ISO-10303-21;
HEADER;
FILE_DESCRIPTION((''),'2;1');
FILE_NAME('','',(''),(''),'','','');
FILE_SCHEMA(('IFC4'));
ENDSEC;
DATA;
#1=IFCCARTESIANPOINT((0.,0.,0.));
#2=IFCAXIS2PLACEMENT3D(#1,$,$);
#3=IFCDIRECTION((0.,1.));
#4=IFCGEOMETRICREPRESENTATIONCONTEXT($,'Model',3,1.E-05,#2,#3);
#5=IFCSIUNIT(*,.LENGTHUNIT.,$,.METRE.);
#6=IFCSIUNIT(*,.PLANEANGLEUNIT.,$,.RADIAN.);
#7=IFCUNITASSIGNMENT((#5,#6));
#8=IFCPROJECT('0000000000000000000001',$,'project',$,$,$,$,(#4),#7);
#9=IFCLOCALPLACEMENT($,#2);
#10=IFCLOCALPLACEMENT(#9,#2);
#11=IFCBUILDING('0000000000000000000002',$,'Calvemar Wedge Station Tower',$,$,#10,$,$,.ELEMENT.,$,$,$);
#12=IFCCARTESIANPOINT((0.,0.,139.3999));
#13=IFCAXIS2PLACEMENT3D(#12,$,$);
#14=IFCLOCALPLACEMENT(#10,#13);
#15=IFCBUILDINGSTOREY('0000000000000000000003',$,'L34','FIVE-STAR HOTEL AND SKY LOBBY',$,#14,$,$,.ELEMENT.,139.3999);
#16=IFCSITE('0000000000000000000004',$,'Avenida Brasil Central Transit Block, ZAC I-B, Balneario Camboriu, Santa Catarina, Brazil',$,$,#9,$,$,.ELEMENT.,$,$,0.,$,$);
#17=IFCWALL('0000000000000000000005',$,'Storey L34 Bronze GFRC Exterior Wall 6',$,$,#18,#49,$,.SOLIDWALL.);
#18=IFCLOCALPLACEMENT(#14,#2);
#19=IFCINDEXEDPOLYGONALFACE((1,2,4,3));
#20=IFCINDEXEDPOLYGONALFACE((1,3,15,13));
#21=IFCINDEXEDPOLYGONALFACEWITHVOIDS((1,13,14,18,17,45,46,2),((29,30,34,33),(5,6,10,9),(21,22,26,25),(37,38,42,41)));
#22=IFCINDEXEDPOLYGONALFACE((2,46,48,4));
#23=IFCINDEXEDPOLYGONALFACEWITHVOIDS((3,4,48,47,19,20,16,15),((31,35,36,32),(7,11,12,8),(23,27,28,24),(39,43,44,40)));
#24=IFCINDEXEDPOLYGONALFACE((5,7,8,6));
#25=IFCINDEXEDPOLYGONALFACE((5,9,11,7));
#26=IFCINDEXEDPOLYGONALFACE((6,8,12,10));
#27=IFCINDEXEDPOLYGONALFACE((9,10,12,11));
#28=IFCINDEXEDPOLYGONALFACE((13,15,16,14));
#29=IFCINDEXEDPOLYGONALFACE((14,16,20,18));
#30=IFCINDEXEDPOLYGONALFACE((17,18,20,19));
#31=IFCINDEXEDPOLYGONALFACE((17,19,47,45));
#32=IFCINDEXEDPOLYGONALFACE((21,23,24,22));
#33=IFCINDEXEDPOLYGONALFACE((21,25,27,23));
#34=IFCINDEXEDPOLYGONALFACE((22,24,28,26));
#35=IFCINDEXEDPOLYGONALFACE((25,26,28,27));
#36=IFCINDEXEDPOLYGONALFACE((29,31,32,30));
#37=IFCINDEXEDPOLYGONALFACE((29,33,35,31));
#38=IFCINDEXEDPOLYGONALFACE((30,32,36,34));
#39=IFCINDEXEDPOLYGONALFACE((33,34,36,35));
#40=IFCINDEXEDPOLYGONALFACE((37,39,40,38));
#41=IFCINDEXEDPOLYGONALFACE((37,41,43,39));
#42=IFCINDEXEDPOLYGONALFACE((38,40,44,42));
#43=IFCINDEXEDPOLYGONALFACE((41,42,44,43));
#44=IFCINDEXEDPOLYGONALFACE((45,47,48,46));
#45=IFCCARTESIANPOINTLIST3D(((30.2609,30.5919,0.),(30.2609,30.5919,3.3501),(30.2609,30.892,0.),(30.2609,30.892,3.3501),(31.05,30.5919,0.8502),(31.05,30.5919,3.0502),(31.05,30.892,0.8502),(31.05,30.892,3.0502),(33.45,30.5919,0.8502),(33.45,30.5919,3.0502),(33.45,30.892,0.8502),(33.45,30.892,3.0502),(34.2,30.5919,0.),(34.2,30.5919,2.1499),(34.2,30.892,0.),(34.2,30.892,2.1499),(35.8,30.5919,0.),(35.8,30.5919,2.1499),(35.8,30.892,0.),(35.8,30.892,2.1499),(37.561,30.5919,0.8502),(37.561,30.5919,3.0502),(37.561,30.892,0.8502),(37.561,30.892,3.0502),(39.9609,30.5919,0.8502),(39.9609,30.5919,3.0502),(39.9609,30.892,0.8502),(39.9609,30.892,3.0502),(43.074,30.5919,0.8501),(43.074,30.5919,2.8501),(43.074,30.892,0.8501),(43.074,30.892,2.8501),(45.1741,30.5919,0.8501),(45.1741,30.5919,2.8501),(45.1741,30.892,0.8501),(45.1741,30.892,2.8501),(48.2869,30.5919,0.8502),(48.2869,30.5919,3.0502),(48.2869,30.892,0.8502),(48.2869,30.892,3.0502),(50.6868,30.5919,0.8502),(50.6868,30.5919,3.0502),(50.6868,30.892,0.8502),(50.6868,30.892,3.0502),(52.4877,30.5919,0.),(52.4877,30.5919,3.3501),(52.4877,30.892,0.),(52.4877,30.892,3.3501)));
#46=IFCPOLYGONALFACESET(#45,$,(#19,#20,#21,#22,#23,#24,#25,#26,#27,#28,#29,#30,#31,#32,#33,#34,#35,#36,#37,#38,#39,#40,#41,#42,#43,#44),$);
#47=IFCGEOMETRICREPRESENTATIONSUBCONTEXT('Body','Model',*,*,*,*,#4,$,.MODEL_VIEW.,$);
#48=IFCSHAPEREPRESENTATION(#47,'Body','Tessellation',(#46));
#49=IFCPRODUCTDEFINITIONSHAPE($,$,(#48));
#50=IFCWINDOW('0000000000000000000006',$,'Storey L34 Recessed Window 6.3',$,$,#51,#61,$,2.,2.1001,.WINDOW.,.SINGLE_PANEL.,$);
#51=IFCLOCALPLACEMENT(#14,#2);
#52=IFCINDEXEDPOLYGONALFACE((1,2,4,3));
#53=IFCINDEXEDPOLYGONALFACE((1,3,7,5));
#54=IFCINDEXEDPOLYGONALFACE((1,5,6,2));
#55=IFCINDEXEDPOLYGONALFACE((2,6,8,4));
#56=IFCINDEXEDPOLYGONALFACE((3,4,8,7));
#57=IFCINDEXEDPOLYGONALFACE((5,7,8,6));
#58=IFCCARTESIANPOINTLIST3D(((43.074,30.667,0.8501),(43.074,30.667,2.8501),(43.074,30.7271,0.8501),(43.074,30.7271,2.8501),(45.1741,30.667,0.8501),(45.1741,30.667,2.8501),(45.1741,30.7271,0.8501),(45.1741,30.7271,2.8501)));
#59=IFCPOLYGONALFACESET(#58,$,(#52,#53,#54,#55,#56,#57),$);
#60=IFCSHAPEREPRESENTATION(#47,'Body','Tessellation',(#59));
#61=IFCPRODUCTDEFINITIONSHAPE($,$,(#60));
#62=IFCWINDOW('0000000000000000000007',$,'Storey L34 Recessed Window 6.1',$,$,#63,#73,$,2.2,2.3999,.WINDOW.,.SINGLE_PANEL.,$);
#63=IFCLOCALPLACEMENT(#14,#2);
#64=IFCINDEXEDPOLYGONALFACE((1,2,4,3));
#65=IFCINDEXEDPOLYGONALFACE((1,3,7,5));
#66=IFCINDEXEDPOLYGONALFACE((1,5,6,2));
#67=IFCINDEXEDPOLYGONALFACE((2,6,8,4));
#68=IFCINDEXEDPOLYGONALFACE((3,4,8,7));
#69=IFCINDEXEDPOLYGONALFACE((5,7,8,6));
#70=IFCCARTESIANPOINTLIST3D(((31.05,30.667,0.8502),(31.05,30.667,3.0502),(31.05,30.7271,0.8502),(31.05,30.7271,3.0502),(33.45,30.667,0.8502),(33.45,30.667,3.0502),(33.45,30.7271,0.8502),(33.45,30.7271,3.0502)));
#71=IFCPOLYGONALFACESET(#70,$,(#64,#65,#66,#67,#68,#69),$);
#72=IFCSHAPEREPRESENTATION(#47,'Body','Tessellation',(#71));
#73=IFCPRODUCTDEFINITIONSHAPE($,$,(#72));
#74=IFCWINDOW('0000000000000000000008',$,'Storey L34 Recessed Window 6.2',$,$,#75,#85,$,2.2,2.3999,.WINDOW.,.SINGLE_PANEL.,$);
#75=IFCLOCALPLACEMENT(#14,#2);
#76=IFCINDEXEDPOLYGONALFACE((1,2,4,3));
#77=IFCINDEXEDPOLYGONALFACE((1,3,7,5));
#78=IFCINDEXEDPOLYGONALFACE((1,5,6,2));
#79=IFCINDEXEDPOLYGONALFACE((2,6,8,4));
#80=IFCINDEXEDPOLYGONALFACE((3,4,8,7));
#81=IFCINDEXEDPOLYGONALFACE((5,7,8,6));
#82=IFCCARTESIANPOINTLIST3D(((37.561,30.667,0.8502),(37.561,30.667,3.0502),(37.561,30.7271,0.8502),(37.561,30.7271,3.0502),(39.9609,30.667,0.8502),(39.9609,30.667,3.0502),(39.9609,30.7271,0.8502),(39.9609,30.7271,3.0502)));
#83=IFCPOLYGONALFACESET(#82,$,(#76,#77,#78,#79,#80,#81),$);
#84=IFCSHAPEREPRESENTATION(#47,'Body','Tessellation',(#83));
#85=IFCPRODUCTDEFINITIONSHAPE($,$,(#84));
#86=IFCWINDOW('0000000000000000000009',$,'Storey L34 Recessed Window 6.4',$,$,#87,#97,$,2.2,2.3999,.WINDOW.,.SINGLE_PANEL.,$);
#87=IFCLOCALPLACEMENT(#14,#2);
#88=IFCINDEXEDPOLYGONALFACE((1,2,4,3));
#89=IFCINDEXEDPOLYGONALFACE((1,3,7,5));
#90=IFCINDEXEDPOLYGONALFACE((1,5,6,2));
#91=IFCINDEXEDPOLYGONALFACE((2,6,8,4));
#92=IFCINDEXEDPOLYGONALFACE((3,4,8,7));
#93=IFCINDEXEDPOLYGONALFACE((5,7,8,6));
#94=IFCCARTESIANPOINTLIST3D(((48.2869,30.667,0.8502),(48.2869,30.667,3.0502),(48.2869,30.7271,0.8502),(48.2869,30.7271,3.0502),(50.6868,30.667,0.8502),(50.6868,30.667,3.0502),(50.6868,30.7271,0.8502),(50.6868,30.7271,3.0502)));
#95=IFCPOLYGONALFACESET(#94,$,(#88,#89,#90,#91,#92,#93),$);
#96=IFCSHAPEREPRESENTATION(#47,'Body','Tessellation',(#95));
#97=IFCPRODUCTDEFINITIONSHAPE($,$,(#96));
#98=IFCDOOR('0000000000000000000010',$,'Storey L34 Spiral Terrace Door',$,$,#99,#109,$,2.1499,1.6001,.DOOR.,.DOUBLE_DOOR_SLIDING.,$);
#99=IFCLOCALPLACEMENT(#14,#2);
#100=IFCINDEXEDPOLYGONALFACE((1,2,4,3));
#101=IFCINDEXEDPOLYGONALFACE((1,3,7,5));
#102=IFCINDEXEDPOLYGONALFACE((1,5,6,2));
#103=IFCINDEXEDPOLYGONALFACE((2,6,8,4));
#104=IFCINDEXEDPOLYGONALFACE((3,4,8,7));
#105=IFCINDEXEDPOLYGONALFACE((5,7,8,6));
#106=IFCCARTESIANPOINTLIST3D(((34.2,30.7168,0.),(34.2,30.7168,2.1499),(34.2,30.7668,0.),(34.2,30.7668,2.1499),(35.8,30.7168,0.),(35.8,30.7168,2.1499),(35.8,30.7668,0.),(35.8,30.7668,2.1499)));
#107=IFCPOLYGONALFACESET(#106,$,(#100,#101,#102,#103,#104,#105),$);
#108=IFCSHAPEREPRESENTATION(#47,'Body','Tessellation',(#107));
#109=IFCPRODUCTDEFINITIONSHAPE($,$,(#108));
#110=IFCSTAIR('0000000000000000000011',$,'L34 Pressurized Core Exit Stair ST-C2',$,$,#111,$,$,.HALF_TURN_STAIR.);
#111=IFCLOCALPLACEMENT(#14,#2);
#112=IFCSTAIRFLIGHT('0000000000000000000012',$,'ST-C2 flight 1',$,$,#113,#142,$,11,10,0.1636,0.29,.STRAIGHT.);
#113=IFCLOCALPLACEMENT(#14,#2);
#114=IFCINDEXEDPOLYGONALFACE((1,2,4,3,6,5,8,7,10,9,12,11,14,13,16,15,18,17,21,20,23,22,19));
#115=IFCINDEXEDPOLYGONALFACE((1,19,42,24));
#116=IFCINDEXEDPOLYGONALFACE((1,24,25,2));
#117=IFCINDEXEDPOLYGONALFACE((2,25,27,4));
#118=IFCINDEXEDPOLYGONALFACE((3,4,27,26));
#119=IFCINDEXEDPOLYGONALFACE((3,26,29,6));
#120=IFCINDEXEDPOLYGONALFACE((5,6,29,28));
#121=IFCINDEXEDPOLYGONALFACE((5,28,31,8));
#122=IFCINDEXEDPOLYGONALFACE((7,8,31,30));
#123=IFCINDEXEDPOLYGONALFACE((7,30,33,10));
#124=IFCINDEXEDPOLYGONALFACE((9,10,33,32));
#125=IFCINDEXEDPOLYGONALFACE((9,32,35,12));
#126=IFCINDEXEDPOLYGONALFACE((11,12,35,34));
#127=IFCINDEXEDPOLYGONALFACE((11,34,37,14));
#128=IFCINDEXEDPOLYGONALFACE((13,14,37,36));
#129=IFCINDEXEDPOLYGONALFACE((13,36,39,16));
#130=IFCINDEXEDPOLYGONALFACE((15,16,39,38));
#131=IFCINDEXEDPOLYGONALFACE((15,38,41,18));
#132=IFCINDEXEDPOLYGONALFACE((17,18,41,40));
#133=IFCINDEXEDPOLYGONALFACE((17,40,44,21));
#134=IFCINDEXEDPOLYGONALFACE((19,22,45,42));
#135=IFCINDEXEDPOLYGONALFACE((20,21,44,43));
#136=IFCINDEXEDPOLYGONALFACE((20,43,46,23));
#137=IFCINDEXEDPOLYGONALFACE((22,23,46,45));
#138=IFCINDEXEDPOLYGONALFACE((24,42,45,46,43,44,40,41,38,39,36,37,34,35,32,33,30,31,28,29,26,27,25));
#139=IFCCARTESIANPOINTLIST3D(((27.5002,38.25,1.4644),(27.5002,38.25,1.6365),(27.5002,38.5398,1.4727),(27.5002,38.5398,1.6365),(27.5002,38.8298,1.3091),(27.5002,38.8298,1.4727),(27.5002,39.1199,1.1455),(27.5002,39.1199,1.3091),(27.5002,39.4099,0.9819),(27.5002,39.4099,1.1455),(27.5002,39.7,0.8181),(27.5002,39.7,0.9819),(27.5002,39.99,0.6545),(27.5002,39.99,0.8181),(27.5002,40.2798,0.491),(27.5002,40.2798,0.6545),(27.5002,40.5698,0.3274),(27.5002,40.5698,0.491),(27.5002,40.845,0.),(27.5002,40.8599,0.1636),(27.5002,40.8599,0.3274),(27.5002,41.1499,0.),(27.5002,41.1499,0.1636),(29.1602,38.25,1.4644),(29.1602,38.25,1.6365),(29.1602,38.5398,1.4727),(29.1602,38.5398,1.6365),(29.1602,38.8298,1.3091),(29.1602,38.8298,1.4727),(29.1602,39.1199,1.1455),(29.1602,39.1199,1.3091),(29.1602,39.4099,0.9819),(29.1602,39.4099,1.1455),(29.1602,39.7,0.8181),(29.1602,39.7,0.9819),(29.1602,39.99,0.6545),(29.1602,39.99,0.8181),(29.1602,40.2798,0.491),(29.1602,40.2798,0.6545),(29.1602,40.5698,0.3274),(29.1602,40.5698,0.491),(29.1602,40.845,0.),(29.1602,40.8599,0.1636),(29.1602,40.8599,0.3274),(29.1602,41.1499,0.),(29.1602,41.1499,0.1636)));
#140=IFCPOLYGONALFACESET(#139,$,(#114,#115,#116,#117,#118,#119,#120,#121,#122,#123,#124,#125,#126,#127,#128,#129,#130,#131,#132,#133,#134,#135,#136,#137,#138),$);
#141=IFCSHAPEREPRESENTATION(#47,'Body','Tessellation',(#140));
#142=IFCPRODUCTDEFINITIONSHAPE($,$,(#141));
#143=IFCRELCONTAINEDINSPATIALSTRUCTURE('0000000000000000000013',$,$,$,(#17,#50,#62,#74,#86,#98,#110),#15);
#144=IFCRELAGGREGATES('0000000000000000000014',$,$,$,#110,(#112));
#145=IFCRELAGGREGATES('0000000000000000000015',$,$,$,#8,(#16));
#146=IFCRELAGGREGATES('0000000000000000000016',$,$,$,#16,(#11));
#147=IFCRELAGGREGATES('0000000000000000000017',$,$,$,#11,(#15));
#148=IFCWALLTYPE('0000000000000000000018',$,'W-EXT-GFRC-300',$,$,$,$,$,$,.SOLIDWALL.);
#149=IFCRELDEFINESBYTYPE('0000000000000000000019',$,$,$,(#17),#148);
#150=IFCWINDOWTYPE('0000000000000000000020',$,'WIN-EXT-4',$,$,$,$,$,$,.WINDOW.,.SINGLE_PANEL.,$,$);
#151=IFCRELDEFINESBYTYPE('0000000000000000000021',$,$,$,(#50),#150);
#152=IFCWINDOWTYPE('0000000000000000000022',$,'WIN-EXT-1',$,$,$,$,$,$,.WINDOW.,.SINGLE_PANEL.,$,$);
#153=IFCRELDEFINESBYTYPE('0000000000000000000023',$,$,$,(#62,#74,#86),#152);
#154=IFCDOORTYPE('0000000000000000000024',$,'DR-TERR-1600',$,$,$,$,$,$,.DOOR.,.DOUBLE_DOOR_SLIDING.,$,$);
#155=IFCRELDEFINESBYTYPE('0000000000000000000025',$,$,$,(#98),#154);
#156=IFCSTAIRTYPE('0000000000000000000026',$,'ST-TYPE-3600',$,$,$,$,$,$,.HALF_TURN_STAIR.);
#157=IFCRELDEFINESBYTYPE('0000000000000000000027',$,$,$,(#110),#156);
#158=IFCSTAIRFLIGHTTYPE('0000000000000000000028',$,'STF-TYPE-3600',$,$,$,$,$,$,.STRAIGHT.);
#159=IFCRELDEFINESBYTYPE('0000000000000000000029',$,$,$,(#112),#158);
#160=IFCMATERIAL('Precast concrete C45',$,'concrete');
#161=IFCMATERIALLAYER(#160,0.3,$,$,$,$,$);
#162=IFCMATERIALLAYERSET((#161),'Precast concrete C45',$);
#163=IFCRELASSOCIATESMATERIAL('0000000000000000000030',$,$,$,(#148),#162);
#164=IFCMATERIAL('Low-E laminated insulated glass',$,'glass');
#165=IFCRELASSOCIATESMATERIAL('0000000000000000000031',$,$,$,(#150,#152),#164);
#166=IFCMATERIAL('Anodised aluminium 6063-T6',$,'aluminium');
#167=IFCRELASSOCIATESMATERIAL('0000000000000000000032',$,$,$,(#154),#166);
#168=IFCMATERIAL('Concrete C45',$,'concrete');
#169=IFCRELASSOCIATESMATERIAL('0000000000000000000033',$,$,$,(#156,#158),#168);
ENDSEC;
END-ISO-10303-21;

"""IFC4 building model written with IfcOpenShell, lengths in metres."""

from ifc_helpers import new_model, si_unit, direction, frame, frame_2d, origin, place, context, subcontext, project, spatial, polyline, rectangle, outline, extrude, source, transform, mapped, material, layer, layer_set, type_object, element, fill, aggregate, save


model = new_model("IFC4")

# Units and contexts
model_context = context("Model", 3, precision=1e-05, world=origin(), true_north=direction((0.0, 1.0)))
body_context = subcontext(model_context, "Body", "Model", "MODEL_VIEW")
ifc_project = project(units=[si_unit("LENGTHUNIT", "METRE"), si_unit("PLANEANGLEUNIT", "RADIAN")], contexts=[model_context])

# Site, building, storey
site_placement = place(None, origin())
site = spatial("IfcSite", under=ifc_project, at=site_placement, Name="Avenida Brasil Central Transit Block, ZAC I-B, Balneario Camboriu, Santa Catarina, Brazil", CompositionType="ELEMENT", RefElevation=0.0)
building_placement = place(site_placement, origin())
building = spatial("IfcBuilding", under=site, at=building_placement, Name="Calvemar Wedge Station Tower", CompositionType="ELEMENT")
storey_placement = place(building_placement, frame((0.0, 0.0, 139.3999)))
storey = spatial("IfcBuildingStorey", under=building, at=storey_placement, Name="L34", Description="FIVE-STAR HOTEL AND SKY LOBBY", CompositionType="ELEMENT", Elevation=139.3999)

# Shared definitions
ifc_material_1 = material(Name="Precast concrete C45", Category="concrete")
ifc_layer_1 = layer(ifc_material_1, 0.3)
ifc_layer_set_1 = layer_set([ifc_layer_1], Name="Precast concrete C45")
wall_type_1 = type_object("IfcWallType", Name="W-EXT-GFRC-300", PredefinedType="SOLIDWALL", material=ifc_layer_set_1)

# Shared definitions
ifc_material_2 = material(Name="Low-E laminated insulated glass", Category="glass")

# Wall, openings, windows, door
wall_1_placement = place(storey_placement, frame((30.261, 30.7419, 0.0), z_axis=(0.0, 0.0, 1.0), x_axis=(1.0, 0.0, 0.0)))
wall_1 = element("IfcWall", 1, at=wall_1_placement, inside=storey, type_object=wall_type_1, Name="Storey L34 Bronze GFRC Exterior Wall 6", PredefinedType="SOLIDWALL", context=body_context, shape_type="SweptSolid", body=[
    extrude(rectangle(XDim=22.2268, YDim=0.3, at=frame_2d((11.1133, 0.0))), origin(), (0.0, 0.0, 1.0), 3.3501),
])
shared_shape_1 = source(origin(), body_context, "Body", "SweptSolid", [
    extrude(rectangle(XDim=1.6001, YDim=2.1499, at=frame_2d((0.8, 1.075))), frame((0.0, 0.1602, 0.0), z_axis=(0.0, -1.0, 0.0), x_axis=(1.0, 0.0, 0.0)), (0.0, 0.0, 1.0), 0.3201),
])
opening_1_placement = place(wall_1_placement, frame((3.939, 0.0, 0.0)))
opening_1 = element("IfcOpeningElement", 2, at=opening_1_placement, cuts=wall_1, PredefinedType="OPENING", context=body_context, shape_type="MappedRepresentation", body=[
    mapped(shared_shape_1, transform((0.0, 0.0, 0.0), scale=1.0)),
])
shared_shape_2 = source(origin(), body_context, "Body", "SweptSolid", [
    extrude(rectangle(XDim=2.3999, YDim=2.2, at=frame_2d((1.2, 1.1001))), frame((0.0, 0.1602, 0.0), z_axis=(0.0, -1.0, 0.0), x_axis=(1.0, 0.0, 0.0)), (0.0, 0.0, 1.0), 0.3201),
])
opening_2_placement = place(wall_1_placement, frame((0.7891, 0.0, 0.8501)))
opening_2 = element("IfcOpeningElement", 3, at=opening_2_placement, cuts=wall_1, PredefinedType="OPENING", context=body_context, shape_type="MappedRepresentation", body=[
    mapped(shared_shape_2, transform((0.0, 0.0, 0.0), scale=1.0)),
])
opening_3_placement = place(wall_1_placement, frame((7.3, 0.0, 0.8501)))
opening_3 = element("IfcOpeningElement", 4, at=opening_3_placement, cuts=wall_1, PredefinedType="OPENING", context=body_context, shape_type="MappedRepresentation", body=[
    mapped(shared_shape_2, transform((0.0, 0.0, 0.0), scale=1.0)),
])
shared_shape_3 = source(origin(), body_context, "Body", "SweptSolid", [
    extrude(rectangle(XDim=2.1001, YDim=2.0, at=frame_2d((1.05, 1.0))), frame((0.0, 0.1602, 0.0), z_axis=(0.0, -1.0, 0.0), x_axis=(1.0, 0.0, 0.0)), (0.0, 0.0, 1.0), 0.3201),
])
opening_4_placement = place(wall_1_placement, frame((12.813, 0.0, 0.8501)))
opening_4 = element("IfcOpeningElement", 5, at=opening_4_placement, cuts=wall_1, PredefinedType="OPENING", context=body_context, shape_type="MappedRepresentation", body=[
    mapped(shared_shape_3, transform((0.0, 0.0, 0.0), scale=1.0)),
])
opening_5_placement = place(wall_1_placement, frame((18.0259, 0.0, 0.8501)))
opening_5 = element("IfcOpeningElement", 6, at=opening_5_placement, cuts=wall_1, PredefinedType="OPENING", context=body_context, shape_type="MappedRepresentation", body=[
    mapped(shared_shape_2, transform((0.0, 0.0, 0.0), scale=1.0)),
])
window_type_1 = type_object("IfcWindowType", Name="WIN-EXT-4", PartitioningType="SINGLE_PANEL", PredefinedType="WINDOW", material=ifc_material_2)
shared_shape_4 = source(origin(), body_context, "Body", "SweptSolid", [
    extrude(rectangle(XDim=2.1001, YDim=2.0, at=frame_2d((1.05, 1.0))), frame((0.0, -0.0149, 0.0), z_axis=(0.0, -1.0, 0.0), x_axis=(1.0, 0.0, 0.0)), (0.0, 0.0, 1.0), 0.0601),
])
window_1_placement = place(opening_4_placement, origin())
window_1 = element("IfcWindow", 7, at=window_1_placement, inside=storey, type_object=window_type_1, Name="Storey L34 Recessed Window 6.3", OverallHeight=2.0, OverallWidth=2.1001, PartitioningType="SINGLE_PANEL", PredefinedType="WINDOW", context=body_context, shape_type="MappedRepresentation", body=[
    mapped(shared_shape_4, transform((0.0, 0.0, 0.0), scale=1.0)),
])
fill(opening_4, window_1)
window_type_2 = type_object("IfcWindowType", Name="WIN-EXT-1", PartitioningType="SINGLE_PANEL", PredefinedType="WINDOW", material=ifc_material_2)
shared_shape_5 = source(origin(), body_context, "Body", "SweptSolid", [
    extrude(rectangle(XDim=2.3999, YDim=2.2, at=frame_2d((1.2, 1.1001))), frame((0.0, -0.0149, 0.0), z_axis=(0.0, -1.0, 0.0), x_axis=(1.0, 0.0, 0.0)), (0.0, 0.0, 1.0), 0.0601),
])
window_2_placement = place(opening_2_placement, origin())
window_2 = element("IfcWindow", 8, at=window_2_placement, inside=storey, type_object=window_type_2, Name="Storey L34 Recessed Window 6.1", OverallHeight=2.2, OverallWidth=2.3999, PartitioningType="SINGLE_PANEL", PredefinedType="WINDOW", context=body_context, shape_type="MappedRepresentation", body=[
    mapped(shared_shape_5, transform((0.0, 0.0, 0.0), scale=1.0)),
])
fill(opening_2, window_2)
window_3_placement = place(opening_3_placement, origin())
window_3 = element("IfcWindow", 9, at=window_3_placement, inside=storey, type_object=window_type_2, Name="Storey L34 Recessed Window 6.2", OverallHeight=2.2, OverallWidth=2.3999, PartitioningType="SINGLE_PANEL", PredefinedType="WINDOW", context=body_context, shape_type="MappedRepresentation", body=[
    mapped(shared_shape_5, transform((0.0, 0.0, 0.0), scale=1.0)),
])
fill(opening_3, window_3)
window_4_placement = place(opening_5_placement, origin())
window_4 = element("IfcWindow", 10, at=window_4_placement, inside=storey, type_object=window_type_2, Name="Storey L34 Recessed Window 6.4", OverallHeight=2.2, OverallWidth=2.3999, PartitioningType="SINGLE_PANEL", PredefinedType="WINDOW", context=body_context, shape_type="MappedRepresentation", body=[
    mapped(shared_shape_5, transform((0.0, 0.0, 0.0), scale=1.0)),
])
fill(opening_5, window_4)
ifc_material_3 = material(Name="Anodised aluminium 6063-T6", Category="aluminium")
door_type_1 = type_object("IfcDoorType", Name="DR-TERR-1600", OperationType="DOUBLE_DOOR_SLIDING", PredefinedType="DOOR", material=ifc_material_3)
shared_shape_6 = source(origin(), body_context, "Body", "SweptSolid", [
    extrude(rectangle(XDim=1.6001, YDim=2.1499, at=frame_2d((0.8, 1.075))), frame((0.0, 0.0249, 0.0), z_axis=(0.0, -1.0, 0.0), x_axis=(1.0, 0.0, 0.0)), (0.0, 0.0, 1.0), 0.05),
])
door_1_placement = place(opening_1_placement, origin())
door_1 = element("IfcDoor", 11, at=door_1_placement, inside=storey, type_object=door_type_1, Name="Storey L34 Spiral Terrace Door", OperationType="DOUBLE_DOOR_SLIDING", OverallHeight=2.1499, OverallWidth=1.6001, PredefinedType="DOOR", context=body_context, shape_type="MappedRepresentation", body=[
    mapped(shared_shape_6, transform((0.0, 0.0, 0.0), scale=1.0)),
])
fill(opening_1, door_1)

# Stair, stair flight
ifc_material_4 = material(Name="Concrete C45", Category="concrete")
stair_type = type_object("IfcStairType", Name="ST-TYPE-3600", PredefinedType="HALF_TURN_STAIR", material=ifc_material_4)
stair_placement = place(storey_placement, origin())
stair = element("IfcStair", 12, at=stair_placement, inside=storey, type_object=stair_type, Name="L34 Pressurized Core Exit Stair ST-C2", PredefinedType="HALF_TURN_STAIR")
stair_flight_type = type_object("IfcStairFlightType", Name="STF-TYPE-3600", PredefinedType="STRAIGHT", material=ifc_material_4)
stair_flight_1_placement = place(storey_placement, frame((28.3301, 41.1499, 0.0), z_axis=(0.0, 0.0, 1.0), x_axis=(0.0, -1.0, 0.0)))
stair_flight_1 = element("IfcStairFlight", 13, at=stair_flight_1_placement, type_object=stair_flight_type, Name="ST-C2 flight 1", NumberOfRisers=11, NumberOfTreads=10, PredefinedType="STRAIGHT", RiserHeight=0.1636, TreadLength=0.29, context=body_context, shape_type="SweptSolid", body=[
    extrude(outline(polyline([(0.0, 0.0), (0.0, 0.1636), (0.29, 0.1636), (0.29, 0.3274), (0.5801, 0.3274), (0.5801, 0.491), (0.8701, 0.491), (0.8701, 0.6545), (1.1599, 0.6545), (1.1599, 0.8181), (1.45, 0.8181), (1.45, 0.9819), (1.74, 0.9819), (1.74, 1.1455), (2.03, 1.1455), (2.03, 1.3091), (2.3201, 1.3091), (2.3201, 1.4727), (2.6101, 1.4727), (2.6101, 1.6365), (2.8999, 1.6365), (2.8999, 1.8), (2.8999, 1.4644), (0.3049, 0.0), (0.0, 0.0)])), frame((0.0, 0.8301, 0.0), z_axis=(0.0, -1.0, 0.0), x_axis=(1.0, 0.0, 0.0)), (0.0, 0.0, 1.0), 1.6599),
])
aggregate(stair, [stair_flight_1])

save(model, "model.ifc")
